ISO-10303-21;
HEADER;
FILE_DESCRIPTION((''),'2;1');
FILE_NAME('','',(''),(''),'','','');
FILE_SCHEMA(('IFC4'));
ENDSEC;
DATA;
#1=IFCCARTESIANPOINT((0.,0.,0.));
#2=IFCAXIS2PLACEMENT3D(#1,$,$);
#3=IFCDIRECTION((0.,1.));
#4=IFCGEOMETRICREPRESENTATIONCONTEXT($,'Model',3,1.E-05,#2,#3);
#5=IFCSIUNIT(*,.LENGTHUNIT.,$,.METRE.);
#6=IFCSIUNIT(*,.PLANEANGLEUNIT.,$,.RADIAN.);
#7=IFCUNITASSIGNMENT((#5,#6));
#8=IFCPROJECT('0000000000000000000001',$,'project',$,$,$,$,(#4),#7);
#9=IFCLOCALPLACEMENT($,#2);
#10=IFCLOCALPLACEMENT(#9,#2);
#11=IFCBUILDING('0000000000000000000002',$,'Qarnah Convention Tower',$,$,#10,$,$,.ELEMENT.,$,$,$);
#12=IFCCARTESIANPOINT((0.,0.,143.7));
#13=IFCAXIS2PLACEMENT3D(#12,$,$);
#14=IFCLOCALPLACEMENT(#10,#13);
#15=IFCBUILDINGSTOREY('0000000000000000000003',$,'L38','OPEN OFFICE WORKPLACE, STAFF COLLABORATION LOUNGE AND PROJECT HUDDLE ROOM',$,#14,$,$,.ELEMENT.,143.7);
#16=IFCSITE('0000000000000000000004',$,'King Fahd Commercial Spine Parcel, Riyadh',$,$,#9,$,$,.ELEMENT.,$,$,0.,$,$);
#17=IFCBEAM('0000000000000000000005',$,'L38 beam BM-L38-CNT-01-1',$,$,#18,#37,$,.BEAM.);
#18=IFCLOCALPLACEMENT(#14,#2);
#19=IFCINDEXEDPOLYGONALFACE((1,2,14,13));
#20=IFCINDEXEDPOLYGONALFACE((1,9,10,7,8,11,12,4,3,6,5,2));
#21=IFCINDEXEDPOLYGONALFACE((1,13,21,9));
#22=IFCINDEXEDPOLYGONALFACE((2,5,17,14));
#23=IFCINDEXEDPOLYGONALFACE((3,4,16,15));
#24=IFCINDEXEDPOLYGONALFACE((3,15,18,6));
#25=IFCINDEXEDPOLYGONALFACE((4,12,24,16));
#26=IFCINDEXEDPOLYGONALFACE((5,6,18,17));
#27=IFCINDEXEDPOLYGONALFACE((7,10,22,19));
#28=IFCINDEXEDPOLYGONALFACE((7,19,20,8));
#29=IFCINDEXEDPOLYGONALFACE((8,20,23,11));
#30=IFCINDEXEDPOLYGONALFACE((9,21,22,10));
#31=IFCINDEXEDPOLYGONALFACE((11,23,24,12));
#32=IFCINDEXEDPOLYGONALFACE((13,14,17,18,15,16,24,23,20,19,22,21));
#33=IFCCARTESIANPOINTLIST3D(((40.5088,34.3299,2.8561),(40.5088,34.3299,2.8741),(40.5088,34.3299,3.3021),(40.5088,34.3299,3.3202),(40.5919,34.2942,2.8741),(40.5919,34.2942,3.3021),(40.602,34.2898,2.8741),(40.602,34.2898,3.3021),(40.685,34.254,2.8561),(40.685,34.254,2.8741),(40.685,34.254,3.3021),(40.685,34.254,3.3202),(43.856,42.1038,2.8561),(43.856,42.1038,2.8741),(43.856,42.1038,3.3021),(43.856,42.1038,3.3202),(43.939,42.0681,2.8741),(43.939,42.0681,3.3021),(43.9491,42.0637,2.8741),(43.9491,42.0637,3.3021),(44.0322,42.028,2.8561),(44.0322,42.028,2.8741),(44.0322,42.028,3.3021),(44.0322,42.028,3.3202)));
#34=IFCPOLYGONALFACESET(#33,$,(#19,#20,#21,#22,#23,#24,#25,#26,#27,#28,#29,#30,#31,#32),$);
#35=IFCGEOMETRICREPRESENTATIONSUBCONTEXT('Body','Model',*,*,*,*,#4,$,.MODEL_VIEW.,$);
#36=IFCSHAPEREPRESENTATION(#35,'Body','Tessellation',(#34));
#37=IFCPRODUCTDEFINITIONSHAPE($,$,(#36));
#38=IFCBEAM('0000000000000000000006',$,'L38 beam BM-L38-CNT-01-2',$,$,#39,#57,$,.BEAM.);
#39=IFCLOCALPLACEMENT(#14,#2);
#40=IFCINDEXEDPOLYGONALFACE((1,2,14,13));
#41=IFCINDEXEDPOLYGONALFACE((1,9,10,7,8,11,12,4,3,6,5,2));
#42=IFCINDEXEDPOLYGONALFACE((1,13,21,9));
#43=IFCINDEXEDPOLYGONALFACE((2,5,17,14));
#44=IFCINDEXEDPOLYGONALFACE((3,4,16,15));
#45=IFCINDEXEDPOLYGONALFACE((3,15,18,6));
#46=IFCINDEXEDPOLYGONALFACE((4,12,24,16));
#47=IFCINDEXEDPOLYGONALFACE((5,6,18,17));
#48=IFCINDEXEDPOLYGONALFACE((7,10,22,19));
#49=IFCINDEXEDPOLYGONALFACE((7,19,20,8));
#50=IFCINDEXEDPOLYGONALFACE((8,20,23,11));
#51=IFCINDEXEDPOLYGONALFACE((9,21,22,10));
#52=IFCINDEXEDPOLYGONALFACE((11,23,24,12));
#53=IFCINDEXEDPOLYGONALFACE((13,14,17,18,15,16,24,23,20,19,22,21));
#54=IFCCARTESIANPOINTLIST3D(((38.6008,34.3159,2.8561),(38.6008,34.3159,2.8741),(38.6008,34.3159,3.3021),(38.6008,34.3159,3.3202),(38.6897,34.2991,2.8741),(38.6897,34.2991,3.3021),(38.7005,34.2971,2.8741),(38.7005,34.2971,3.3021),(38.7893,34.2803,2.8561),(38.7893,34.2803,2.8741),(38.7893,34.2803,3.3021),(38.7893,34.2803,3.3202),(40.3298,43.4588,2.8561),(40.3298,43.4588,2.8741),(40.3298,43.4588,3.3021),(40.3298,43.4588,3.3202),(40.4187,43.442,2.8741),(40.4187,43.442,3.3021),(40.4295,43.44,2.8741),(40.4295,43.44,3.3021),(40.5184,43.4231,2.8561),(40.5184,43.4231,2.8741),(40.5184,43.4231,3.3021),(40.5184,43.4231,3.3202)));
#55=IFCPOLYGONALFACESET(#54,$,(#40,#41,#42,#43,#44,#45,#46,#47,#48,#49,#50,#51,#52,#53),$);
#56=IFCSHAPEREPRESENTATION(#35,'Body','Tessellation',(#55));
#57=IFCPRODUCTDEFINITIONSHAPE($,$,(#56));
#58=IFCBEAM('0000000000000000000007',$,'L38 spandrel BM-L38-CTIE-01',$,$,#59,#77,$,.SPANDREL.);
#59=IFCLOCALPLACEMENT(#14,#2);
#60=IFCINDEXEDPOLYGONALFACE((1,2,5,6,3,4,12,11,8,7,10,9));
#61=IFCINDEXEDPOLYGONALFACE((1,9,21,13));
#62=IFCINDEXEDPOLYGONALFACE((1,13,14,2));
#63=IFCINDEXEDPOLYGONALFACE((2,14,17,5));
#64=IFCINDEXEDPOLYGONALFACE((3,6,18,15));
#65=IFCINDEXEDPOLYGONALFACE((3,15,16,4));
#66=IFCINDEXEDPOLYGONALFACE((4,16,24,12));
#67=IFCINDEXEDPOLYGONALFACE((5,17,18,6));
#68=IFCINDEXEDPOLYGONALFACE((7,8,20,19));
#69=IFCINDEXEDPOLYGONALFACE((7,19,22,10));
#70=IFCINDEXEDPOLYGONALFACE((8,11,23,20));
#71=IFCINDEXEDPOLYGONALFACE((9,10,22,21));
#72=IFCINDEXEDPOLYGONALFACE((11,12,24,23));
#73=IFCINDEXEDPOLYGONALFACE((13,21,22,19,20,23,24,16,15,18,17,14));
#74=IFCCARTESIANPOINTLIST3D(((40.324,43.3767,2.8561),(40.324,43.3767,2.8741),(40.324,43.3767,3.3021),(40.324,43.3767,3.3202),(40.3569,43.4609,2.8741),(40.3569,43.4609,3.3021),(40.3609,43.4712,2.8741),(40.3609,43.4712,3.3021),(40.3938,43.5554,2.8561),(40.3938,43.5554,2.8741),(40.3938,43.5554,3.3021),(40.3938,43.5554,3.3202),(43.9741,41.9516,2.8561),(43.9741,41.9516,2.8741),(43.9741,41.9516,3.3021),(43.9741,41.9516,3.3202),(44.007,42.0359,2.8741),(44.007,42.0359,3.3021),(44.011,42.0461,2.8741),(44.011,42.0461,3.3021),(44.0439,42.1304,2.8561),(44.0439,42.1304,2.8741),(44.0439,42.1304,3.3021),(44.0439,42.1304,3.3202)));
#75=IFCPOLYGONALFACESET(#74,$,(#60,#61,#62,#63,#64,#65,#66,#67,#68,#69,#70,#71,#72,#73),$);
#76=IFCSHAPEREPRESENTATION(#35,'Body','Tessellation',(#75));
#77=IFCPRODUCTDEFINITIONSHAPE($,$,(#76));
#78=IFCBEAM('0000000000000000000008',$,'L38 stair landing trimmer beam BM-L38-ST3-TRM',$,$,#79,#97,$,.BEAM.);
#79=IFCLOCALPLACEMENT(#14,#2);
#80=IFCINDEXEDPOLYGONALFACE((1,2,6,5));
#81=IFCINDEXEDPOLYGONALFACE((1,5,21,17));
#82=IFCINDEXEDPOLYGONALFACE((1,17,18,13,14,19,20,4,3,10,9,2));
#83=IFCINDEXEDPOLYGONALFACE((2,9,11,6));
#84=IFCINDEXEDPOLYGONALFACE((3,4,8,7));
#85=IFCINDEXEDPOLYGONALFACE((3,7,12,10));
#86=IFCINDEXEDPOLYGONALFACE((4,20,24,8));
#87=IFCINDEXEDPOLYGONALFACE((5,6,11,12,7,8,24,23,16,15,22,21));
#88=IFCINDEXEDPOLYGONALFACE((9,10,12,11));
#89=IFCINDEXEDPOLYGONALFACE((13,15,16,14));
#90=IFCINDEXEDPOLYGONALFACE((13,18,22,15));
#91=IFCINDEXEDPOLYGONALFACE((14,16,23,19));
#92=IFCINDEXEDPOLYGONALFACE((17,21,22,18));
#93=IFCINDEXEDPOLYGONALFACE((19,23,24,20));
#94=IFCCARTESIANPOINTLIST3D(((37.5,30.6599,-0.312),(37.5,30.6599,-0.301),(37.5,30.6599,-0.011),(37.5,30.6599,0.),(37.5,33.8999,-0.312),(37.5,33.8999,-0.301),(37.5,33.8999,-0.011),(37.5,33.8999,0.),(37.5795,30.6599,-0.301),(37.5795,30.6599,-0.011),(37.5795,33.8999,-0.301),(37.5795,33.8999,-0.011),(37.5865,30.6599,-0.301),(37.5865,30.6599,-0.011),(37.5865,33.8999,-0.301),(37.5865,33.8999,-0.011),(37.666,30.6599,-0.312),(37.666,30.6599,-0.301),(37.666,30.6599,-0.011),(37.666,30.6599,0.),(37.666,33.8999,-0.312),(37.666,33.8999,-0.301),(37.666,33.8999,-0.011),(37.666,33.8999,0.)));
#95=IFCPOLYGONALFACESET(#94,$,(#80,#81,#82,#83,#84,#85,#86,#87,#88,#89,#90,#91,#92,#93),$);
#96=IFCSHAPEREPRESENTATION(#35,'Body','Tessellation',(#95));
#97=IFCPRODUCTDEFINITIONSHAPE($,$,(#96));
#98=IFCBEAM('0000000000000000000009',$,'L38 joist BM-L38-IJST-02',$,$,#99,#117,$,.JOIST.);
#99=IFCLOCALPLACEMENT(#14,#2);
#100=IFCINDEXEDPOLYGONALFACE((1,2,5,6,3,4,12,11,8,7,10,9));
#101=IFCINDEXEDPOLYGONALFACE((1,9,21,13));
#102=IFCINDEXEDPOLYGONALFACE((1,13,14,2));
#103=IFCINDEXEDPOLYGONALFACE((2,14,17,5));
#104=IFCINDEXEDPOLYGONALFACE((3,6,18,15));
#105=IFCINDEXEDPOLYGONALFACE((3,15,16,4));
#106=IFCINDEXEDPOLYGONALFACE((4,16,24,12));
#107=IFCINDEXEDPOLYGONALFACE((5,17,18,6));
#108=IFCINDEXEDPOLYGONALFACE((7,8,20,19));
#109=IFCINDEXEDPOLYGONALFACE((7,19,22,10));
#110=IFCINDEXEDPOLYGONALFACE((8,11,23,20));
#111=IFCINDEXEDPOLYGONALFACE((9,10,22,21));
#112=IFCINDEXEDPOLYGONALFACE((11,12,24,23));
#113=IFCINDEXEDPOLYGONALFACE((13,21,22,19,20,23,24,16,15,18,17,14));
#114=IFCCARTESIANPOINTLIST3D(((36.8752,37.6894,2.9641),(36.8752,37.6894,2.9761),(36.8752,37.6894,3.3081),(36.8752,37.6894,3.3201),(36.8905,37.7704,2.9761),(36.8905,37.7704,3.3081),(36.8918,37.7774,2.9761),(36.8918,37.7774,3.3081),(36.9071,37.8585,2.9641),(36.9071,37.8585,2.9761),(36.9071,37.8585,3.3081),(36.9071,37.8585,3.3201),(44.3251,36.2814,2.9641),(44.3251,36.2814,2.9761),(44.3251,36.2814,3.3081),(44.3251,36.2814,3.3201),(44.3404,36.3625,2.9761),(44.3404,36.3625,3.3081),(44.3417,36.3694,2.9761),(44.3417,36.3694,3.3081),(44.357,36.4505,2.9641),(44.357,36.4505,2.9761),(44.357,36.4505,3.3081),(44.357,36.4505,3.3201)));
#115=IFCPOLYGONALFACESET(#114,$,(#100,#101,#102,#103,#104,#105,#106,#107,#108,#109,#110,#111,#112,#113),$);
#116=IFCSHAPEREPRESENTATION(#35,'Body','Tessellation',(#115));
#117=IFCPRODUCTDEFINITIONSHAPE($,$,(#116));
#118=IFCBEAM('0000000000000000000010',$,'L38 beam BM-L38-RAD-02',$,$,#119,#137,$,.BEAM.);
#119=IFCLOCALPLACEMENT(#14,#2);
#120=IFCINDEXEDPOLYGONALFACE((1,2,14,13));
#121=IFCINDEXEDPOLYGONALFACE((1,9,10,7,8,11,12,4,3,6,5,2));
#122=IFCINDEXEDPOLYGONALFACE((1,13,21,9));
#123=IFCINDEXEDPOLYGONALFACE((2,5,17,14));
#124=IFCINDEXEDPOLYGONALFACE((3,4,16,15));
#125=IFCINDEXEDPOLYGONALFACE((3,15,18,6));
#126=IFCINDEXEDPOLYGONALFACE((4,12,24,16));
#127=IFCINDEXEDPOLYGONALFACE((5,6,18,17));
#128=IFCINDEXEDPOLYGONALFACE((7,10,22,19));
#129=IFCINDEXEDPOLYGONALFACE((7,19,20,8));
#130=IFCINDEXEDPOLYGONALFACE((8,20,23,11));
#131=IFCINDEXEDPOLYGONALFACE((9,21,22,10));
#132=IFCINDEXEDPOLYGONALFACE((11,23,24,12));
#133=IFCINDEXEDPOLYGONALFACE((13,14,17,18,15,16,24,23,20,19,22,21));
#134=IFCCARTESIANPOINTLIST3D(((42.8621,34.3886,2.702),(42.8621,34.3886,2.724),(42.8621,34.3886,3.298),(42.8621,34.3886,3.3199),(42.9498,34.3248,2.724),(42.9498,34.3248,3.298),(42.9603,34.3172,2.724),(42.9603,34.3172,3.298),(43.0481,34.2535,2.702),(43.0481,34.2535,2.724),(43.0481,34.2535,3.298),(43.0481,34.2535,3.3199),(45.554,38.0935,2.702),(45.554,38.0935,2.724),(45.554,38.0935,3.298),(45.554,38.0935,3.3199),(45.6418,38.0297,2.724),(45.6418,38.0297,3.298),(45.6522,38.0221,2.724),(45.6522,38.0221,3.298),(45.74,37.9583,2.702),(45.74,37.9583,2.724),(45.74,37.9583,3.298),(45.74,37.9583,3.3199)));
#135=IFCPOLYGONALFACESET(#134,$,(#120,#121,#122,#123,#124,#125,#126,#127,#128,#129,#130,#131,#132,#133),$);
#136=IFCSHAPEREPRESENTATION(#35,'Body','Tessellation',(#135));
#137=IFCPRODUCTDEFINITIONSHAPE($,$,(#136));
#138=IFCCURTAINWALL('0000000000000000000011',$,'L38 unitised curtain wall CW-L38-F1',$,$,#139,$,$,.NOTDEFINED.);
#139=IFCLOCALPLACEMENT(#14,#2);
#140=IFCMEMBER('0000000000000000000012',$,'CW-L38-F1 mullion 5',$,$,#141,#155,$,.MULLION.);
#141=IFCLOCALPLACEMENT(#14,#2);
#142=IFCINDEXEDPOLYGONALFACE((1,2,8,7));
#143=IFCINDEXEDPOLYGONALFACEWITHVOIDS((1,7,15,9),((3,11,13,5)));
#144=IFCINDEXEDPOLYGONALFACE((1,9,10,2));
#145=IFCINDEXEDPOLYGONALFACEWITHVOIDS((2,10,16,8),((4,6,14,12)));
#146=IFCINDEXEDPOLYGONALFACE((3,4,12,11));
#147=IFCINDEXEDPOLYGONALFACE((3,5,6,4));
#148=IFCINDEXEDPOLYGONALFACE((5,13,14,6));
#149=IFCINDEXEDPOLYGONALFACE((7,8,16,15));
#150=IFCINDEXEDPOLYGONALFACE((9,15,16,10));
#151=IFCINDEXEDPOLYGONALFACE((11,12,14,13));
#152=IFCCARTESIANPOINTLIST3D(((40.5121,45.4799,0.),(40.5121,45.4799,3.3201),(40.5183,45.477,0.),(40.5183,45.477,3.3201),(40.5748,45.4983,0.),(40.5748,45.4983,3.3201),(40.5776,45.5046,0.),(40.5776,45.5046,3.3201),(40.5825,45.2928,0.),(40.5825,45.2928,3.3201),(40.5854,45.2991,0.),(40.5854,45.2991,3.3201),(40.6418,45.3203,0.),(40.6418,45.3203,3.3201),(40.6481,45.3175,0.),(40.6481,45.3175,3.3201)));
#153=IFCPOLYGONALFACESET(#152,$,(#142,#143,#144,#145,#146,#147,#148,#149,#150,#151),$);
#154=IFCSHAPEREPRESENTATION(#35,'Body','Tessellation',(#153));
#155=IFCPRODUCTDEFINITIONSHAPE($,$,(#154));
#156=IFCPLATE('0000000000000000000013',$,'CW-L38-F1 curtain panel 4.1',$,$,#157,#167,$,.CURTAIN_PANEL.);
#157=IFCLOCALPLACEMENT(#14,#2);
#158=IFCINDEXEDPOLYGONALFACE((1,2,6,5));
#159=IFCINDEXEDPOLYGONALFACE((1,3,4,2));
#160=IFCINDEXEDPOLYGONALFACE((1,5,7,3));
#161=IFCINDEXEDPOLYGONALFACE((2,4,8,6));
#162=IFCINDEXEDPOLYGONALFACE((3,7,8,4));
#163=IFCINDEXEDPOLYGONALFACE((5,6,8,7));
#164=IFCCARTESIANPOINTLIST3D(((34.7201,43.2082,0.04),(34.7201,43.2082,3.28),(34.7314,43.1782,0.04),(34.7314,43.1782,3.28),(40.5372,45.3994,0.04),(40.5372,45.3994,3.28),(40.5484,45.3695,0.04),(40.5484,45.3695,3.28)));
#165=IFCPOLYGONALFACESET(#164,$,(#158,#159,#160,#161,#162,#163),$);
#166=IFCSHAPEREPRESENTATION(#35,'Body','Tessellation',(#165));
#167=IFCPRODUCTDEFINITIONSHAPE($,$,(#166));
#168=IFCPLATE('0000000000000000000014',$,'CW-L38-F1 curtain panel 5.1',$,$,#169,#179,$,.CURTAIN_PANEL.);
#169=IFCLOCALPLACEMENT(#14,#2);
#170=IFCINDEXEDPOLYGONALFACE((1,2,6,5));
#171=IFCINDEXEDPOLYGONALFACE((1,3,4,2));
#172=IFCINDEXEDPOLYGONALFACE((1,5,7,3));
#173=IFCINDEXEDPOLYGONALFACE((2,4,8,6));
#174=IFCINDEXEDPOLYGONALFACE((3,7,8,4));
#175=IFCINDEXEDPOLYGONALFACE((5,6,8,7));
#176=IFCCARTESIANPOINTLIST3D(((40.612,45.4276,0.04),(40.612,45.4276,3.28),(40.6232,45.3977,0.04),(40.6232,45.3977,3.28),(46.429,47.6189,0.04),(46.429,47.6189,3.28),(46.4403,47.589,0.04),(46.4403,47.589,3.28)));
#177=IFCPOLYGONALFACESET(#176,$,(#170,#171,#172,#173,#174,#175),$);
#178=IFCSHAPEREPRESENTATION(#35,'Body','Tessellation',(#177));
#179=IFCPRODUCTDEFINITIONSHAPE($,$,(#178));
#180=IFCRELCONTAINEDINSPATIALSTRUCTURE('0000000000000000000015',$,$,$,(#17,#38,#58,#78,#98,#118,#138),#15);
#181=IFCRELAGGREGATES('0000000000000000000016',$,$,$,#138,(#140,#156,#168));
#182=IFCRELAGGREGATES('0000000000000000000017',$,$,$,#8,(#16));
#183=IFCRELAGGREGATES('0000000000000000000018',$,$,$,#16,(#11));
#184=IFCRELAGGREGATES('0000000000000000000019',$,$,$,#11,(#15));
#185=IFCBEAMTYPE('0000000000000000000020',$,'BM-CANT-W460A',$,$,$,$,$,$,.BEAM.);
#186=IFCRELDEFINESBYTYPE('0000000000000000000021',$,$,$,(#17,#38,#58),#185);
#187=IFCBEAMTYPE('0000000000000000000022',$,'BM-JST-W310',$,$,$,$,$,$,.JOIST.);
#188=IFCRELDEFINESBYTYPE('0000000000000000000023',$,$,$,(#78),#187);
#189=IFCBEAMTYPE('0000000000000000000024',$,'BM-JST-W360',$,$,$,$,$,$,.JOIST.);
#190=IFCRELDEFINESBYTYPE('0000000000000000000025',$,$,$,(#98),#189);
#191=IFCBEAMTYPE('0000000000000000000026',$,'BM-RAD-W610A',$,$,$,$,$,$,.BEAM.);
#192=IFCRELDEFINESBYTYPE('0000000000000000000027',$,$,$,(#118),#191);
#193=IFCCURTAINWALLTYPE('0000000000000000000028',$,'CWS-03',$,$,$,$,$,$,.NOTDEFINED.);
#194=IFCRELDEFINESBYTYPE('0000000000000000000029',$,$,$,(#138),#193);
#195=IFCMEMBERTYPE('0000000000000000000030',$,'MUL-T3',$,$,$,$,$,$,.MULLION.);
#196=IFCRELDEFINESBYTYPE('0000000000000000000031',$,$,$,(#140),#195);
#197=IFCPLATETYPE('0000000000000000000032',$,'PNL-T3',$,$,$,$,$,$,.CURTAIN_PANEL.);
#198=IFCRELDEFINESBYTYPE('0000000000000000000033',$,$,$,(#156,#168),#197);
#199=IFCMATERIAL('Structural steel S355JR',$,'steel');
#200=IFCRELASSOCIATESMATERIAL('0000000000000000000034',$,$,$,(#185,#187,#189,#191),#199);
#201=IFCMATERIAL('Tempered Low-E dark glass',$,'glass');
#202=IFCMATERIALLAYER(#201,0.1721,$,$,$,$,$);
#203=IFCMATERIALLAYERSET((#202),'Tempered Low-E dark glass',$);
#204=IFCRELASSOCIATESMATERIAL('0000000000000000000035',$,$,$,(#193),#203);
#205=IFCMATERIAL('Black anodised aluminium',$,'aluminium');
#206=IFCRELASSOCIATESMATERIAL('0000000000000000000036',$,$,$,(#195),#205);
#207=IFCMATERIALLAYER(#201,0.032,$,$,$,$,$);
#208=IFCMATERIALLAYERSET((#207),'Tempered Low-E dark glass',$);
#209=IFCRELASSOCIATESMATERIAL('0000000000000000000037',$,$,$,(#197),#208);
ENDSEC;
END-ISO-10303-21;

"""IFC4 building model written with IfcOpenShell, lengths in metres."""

from ifc_helpers import new_model, si_unit, direction, frame, origin, origin_2d, place, context, subcontext, project, spatial, rectangle, hollow_rectangle, i_section, extrude, material, layer, layer_set, material_profile, profile_set, type_object, element, aggregate, save


model = new_model("IFC4")

# Units and contexts
model_context = context("Model", 3, precision=1e-05, world=origin(), true_north=direction((0.0, 1.0)))
body_context = subcontext(model_context, "Body", "Model", "MODEL_VIEW")
ifc_project = project(units=[si_unit("LENGTHUNIT", "METRE"), si_unit("PLANEANGLEUNIT", "RADIAN")], contexts=[model_context])

# Site, building, storey
site_placement = place(None, origin())
site = spatial("IfcSite", under=ifc_project, at=site_placement, Name="King Fahd Commercial Spine Parcel, Riyadh", CompositionType="ELEMENT", RefElevation=0.0)
building_placement = place(site_placement, origin())
building = spatial("IfcBuilding", under=site, at=building_placement, Name="Qarnah Convention Tower", CompositionType="ELEMENT")
storey_placement = place(building_placement, frame((0.0, 0.0, 143.7)))
storey = spatial("IfcBuildingStorey", under=building, at=storey_placement, Name="L38", Description="OPEN OFFICE WORKPLACE, STAFF COLLABORATION LOUNGE AND PROJECT HUDDLE ROOM", CompositionType="ELEMENT", Elevation=143.7)

# Beams
ifc_material_1 = material(Name="Structural steel S355JR", Category="steel")
ifc_material_profile_1 = material_profile(ifc_material_1, i_section(OverallWidth=0.1919, OverallDepth=0.4641, WebThickness=0.011, FlangeThickness=0.0181, at=origin_2d()), Name="W460X89")
ifc_profile_set_1 = profile_set([ifc_material_profile_1], Name="Structural steel S355JR")
beam_type_1 = type_object("IfcBeamType", Name="BM-CANT-W460A", PredefinedType="BEAM", material=ifc_profile_set_1)
beam_1_placement = place(storey_placement, frame((40.5969, 34.292, 3.0881), z_axis=(0.395464, 0.918481, 0.0), x_axis=(-0.918481, 0.395464, 0.0)))
element("IfcBeam", 1, at=beam_1_placement, inside=storey, type_object=beam_type_1, Name="L38 beam BM-L38-CNT-01-1", PredefinedType="BEAM", context=body_context, shape_type="SweptSolid", body=[
    extrude(i_section(OverallWidth=0.1919, OverallDepth=0.4641, WebThickness=0.011, FlangeThickness=0.0181, at=origin_2d()), origin(), (0.0, 0.0, 1.0), 8.4639),
])
beam_2_placement = place(storey_placement, frame((38.6951, 34.2981, 3.0881), z_axis=(0.185817, 0.982584, 0.0), x_axis=(-0.982584, 0.185817, 0.0)))
element("IfcBeam", 2, at=beam_2_placement, inside=storey, type_object=beam_type_1, Name="L38 beam BM-L38-CNT-01-2", PredefinedType="BEAM", context=body_context, shape_type="SweptSolid", body=[
    extrude(i_section(OverallWidth=0.1919, OverallDepth=0.4641, WebThickness=0.011, FlangeThickness=0.0181, at=origin_2d()), origin(), (0.0, 0.0, 1.0), 9.3049),
])
beam_3_placement = place(storey_placement, frame((44.009, 42.041, 3.0881), z_axis=(-0.931526, 0.363676, 0.0), x_axis=(-0.363676, -0.931526, 0.0)))
element("IfcBeam", 3, at=beam_3_placement, inside=storey, type_object=beam_type_1, Name="L38 spandrel BM-L38-CTIE-01", PredefinedType="SPANDREL", context=body_context, shape_type="SweptSolid", body=[
    extrude(i_section(OverallWidth=0.1919, OverallDepth=0.4641, WebThickness=0.011, FlangeThickness=0.0181, at=origin_2d()), origin(), (0.0, 0.0, 1.0), 3.9185),
])
ifc_material_profile_2 = material_profile(ifc_material_1, i_section(OverallWidth=0.166, OverallDepth=0.312, WebThickness=0.0071, FlangeThickness=0.011, at=origin_2d()), Name="W310X45")
ifc_profile_set_2 = profile_set([ifc_material_profile_2], Name="Structural steel S355JR")
beam_type_2 = type_object("IfcBeamType", Name="BM-JST-W310", PredefinedType="JOIST", material=ifc_profile_set_2)
beam_4_placement = place(storey_placement, frame((37.583, 30.6599, -0.156), z_axis=(0.0, 1.0, 0.0), x_axis=(-1.0, 0.0, 0.0)))
element("IfcBeam", 4, at=beam_4_placement, inside=storey, type_object=beam_type_2, Name="L38 stair landing trimmer beam BM-L38-ST3-TRM", PredefinedType="BEAM", context=body_context, shape_type="SweptSolid", body=[
    extrude(i_section(OverallWidth=0.166, OverallDepth=0.312, WebThickness=0.0071, FlangeThickness=0.011, at=origin_2d()), origin(), (0.0, 0.0, 1.0), 3.24),
])
ifc_material_profile_3 = material_profile(ifc_material_1, i_section(OverallWidth=0.1721, OverallDepth=0.356, WebThickness=0.0071, FlangeThickness=0.012, at=origin_2d()), Name="W360X51")
ifc_profile_set_3 = profile_set([ifc_material_profile_3], Name="Structural steel S355JR")
beam_type_3 = type_object("IfcBeamType", Name="BM-JST-W360", PredefinedType="JOIST", material=ifc_profile_set_3)
beam_5_placement = place(storey_placement, frame((44.3411, 36.366, 3.1421), z_axis=(-0.982606, 0.185702, 0.0), x_axis=(-0.185702, -0.982606, 0.0)))
element("IfcBeam", 5, at=beam_5_placement, inside=storey, type_object=beam_type_3, Name="L38 joist BM-L38-IJST-02", PredefinedType="JOIST", context=body_context, shape_type="SweptSolid", body=[
    extrude(i_section(OverallWidth=0.1721, OverallDepth=0.356, WebThickness=0.0071, FlangeThickness=0.012, at=origin_2d()), origin(), (0.0, 0.0, 1.0), 7.5818),
])
ifc_material_profile_4 = material_profile(ifc_material_1, i_section(OverallWidth=0.23, OverallDepth=0.6179, WebThickness=0.0129, FlangeThickness=0.022, at=origin_2d()), Name="W610X140")
ifc_profile_set_4 = profile_set([ifc_material_profile_4], Name="Structural steel S355JR")
beam_type_4 = type_object("IfcBeamType", Name="BM-RAD-W610A", PredefinedType="BEAM", material=ifc_profile_set_4)
beam_6_placement = place(storey_placement, frame((42.9551, 34.321, 3.011), z_axis=(0.58781, 0.808999, 0.0), x_axis=(-0.808999, 0.58781, 0.0)))
element("IfcBeam", 6, at=beam_6_placement, inside=storey, type_object=beam_type_4, Name="L38 beam BM-L38-RAD-02", PredefinedType="BEAM", context=body_context, shape_type="SweptSolid", body=[
    extrude(i_section(OverallWidth=0.23, OverallDepth=0.6179, WebThickness=0.0129, FlangeThickness=0.022, at=origin_2d()), origin(), (0.0, 0.0, 1.0), 4.5796),
])

# Curtain wall, member, plates
ifc_material_2 = material(Name="Tempered Low-E dark glass", Category="glass")
ifc_layer_1 = layer(ifc_material_2, 0.1721)
ifc_layer_set_1 = layer_set([ifc_layer_1], Name="Tempered Low-E dark glass")
curtain_wall_type = type_object("IfcCurtainWallType", Name="CWS-03", PredefinedType="NOTDEFINED", material=ifc_layer_set_1)
curtain_wall_placement = place(storey_placement, origin())
curtain_wall = element("IfcCurtainWall", 7, at=curtain_wall_placement, inside=storey, type_object=curtain_wall_type, Name="L38 unitised curtain wall CW-L38-F1", PredefinedType="NOTDEFINED")
ifc_material_3 = material(Name="Black anodised aluminium", Category="aluminium")
ifc_material_profile_5 = material_profile(ifc_material_3, hollow_rectangle(XDim=0.0701, YDim=0.2, WallThickness=0.0049, at=origin_2d()), Name="MUL-70X200")
ifc_profile_set_5 = profile_set([ifc_material_profile_5], Name="Black anodised aluminium")
member_type = type_object("IfcMemberType", Name="MUL-T3", PredefinedType="MULLION", material=ifc_profile_set_5)
member_placement = place(storey_placement, frame((40.5801, 45.3987, 0.0), z_axis=(0.0, 0.0, 1.0), x_axis=(0.935807, 0.352512, 0.0)))
member = element("IfcMember", 8, at=member_placement, type_object=member_type, Name="CW-L38-F1 mullion 5", PredefinedType="MULLION", context=body_context, shape_type="SweptSolid", body=[
    extrude(hollow_rectangle(XDim=0.0701, YDim=0.2, WallThickness=0.0049, at=origin_2d()), origin(), (0.0, 0.0, 1.0), 3.3201),
])
ifc_layer_2 = layer(ifc_material_2, 0.032)
ifc_layer_set_2 = layer_set([ifc_layer_2], Name="Tempered Low-E dark glass")
plate_type = type_object("IfcPlateType", Name="PNL-T3", PredefinedType="CURTAIN_PANEL", material=ifc_layer_set_2)
plate_1_placement = place(storey_placement, frame((37.6343, 44.2888, 0.04), z_axis=(0.0, 0.0, 1.0), x_axis=(0.935807, 0.352512, 0.0)))
plate_1 = element("IfcPlate", 9, at=plate_1_placement, type_object=plate_type, Name="CW-L38-F1 curtain panel 4.1", PredefinedType="CURTAIN_PANEL", context=body_context, shape_type="SweptSolid", body=[
    extrude(rectangle(XDim=6.2161, YDim=0.032, at=origin_2d()), origin(), (0.0, 0.0, 1.0), 3.24),
])
plate_2_placement = place(storey_placement, frame((43.5261, 46.5083, 0.04), z_axis=(0.0, 0.0, 1.0), x_axis=(0.935807, 0.352512, 0.0)))
plate_2 = element("IfcPlate", 10, at=plate_2_placement, type_object=plate_type, Name="CW-L38-F1 curtain panel 5.1", PredefinedType="CURTAIN_PANEL", context=body_context, shape_type="SweptSolid", body=[
    extrude(rectangle(XDim=6.2161, YDim=0.032, at=origin_2d()), origin(), (0.0, 0.0, 1.0), 3.24),
])
aggregate(curtain_wall, [member, plate_1, plate_2])

save(model, "model.ifc")
